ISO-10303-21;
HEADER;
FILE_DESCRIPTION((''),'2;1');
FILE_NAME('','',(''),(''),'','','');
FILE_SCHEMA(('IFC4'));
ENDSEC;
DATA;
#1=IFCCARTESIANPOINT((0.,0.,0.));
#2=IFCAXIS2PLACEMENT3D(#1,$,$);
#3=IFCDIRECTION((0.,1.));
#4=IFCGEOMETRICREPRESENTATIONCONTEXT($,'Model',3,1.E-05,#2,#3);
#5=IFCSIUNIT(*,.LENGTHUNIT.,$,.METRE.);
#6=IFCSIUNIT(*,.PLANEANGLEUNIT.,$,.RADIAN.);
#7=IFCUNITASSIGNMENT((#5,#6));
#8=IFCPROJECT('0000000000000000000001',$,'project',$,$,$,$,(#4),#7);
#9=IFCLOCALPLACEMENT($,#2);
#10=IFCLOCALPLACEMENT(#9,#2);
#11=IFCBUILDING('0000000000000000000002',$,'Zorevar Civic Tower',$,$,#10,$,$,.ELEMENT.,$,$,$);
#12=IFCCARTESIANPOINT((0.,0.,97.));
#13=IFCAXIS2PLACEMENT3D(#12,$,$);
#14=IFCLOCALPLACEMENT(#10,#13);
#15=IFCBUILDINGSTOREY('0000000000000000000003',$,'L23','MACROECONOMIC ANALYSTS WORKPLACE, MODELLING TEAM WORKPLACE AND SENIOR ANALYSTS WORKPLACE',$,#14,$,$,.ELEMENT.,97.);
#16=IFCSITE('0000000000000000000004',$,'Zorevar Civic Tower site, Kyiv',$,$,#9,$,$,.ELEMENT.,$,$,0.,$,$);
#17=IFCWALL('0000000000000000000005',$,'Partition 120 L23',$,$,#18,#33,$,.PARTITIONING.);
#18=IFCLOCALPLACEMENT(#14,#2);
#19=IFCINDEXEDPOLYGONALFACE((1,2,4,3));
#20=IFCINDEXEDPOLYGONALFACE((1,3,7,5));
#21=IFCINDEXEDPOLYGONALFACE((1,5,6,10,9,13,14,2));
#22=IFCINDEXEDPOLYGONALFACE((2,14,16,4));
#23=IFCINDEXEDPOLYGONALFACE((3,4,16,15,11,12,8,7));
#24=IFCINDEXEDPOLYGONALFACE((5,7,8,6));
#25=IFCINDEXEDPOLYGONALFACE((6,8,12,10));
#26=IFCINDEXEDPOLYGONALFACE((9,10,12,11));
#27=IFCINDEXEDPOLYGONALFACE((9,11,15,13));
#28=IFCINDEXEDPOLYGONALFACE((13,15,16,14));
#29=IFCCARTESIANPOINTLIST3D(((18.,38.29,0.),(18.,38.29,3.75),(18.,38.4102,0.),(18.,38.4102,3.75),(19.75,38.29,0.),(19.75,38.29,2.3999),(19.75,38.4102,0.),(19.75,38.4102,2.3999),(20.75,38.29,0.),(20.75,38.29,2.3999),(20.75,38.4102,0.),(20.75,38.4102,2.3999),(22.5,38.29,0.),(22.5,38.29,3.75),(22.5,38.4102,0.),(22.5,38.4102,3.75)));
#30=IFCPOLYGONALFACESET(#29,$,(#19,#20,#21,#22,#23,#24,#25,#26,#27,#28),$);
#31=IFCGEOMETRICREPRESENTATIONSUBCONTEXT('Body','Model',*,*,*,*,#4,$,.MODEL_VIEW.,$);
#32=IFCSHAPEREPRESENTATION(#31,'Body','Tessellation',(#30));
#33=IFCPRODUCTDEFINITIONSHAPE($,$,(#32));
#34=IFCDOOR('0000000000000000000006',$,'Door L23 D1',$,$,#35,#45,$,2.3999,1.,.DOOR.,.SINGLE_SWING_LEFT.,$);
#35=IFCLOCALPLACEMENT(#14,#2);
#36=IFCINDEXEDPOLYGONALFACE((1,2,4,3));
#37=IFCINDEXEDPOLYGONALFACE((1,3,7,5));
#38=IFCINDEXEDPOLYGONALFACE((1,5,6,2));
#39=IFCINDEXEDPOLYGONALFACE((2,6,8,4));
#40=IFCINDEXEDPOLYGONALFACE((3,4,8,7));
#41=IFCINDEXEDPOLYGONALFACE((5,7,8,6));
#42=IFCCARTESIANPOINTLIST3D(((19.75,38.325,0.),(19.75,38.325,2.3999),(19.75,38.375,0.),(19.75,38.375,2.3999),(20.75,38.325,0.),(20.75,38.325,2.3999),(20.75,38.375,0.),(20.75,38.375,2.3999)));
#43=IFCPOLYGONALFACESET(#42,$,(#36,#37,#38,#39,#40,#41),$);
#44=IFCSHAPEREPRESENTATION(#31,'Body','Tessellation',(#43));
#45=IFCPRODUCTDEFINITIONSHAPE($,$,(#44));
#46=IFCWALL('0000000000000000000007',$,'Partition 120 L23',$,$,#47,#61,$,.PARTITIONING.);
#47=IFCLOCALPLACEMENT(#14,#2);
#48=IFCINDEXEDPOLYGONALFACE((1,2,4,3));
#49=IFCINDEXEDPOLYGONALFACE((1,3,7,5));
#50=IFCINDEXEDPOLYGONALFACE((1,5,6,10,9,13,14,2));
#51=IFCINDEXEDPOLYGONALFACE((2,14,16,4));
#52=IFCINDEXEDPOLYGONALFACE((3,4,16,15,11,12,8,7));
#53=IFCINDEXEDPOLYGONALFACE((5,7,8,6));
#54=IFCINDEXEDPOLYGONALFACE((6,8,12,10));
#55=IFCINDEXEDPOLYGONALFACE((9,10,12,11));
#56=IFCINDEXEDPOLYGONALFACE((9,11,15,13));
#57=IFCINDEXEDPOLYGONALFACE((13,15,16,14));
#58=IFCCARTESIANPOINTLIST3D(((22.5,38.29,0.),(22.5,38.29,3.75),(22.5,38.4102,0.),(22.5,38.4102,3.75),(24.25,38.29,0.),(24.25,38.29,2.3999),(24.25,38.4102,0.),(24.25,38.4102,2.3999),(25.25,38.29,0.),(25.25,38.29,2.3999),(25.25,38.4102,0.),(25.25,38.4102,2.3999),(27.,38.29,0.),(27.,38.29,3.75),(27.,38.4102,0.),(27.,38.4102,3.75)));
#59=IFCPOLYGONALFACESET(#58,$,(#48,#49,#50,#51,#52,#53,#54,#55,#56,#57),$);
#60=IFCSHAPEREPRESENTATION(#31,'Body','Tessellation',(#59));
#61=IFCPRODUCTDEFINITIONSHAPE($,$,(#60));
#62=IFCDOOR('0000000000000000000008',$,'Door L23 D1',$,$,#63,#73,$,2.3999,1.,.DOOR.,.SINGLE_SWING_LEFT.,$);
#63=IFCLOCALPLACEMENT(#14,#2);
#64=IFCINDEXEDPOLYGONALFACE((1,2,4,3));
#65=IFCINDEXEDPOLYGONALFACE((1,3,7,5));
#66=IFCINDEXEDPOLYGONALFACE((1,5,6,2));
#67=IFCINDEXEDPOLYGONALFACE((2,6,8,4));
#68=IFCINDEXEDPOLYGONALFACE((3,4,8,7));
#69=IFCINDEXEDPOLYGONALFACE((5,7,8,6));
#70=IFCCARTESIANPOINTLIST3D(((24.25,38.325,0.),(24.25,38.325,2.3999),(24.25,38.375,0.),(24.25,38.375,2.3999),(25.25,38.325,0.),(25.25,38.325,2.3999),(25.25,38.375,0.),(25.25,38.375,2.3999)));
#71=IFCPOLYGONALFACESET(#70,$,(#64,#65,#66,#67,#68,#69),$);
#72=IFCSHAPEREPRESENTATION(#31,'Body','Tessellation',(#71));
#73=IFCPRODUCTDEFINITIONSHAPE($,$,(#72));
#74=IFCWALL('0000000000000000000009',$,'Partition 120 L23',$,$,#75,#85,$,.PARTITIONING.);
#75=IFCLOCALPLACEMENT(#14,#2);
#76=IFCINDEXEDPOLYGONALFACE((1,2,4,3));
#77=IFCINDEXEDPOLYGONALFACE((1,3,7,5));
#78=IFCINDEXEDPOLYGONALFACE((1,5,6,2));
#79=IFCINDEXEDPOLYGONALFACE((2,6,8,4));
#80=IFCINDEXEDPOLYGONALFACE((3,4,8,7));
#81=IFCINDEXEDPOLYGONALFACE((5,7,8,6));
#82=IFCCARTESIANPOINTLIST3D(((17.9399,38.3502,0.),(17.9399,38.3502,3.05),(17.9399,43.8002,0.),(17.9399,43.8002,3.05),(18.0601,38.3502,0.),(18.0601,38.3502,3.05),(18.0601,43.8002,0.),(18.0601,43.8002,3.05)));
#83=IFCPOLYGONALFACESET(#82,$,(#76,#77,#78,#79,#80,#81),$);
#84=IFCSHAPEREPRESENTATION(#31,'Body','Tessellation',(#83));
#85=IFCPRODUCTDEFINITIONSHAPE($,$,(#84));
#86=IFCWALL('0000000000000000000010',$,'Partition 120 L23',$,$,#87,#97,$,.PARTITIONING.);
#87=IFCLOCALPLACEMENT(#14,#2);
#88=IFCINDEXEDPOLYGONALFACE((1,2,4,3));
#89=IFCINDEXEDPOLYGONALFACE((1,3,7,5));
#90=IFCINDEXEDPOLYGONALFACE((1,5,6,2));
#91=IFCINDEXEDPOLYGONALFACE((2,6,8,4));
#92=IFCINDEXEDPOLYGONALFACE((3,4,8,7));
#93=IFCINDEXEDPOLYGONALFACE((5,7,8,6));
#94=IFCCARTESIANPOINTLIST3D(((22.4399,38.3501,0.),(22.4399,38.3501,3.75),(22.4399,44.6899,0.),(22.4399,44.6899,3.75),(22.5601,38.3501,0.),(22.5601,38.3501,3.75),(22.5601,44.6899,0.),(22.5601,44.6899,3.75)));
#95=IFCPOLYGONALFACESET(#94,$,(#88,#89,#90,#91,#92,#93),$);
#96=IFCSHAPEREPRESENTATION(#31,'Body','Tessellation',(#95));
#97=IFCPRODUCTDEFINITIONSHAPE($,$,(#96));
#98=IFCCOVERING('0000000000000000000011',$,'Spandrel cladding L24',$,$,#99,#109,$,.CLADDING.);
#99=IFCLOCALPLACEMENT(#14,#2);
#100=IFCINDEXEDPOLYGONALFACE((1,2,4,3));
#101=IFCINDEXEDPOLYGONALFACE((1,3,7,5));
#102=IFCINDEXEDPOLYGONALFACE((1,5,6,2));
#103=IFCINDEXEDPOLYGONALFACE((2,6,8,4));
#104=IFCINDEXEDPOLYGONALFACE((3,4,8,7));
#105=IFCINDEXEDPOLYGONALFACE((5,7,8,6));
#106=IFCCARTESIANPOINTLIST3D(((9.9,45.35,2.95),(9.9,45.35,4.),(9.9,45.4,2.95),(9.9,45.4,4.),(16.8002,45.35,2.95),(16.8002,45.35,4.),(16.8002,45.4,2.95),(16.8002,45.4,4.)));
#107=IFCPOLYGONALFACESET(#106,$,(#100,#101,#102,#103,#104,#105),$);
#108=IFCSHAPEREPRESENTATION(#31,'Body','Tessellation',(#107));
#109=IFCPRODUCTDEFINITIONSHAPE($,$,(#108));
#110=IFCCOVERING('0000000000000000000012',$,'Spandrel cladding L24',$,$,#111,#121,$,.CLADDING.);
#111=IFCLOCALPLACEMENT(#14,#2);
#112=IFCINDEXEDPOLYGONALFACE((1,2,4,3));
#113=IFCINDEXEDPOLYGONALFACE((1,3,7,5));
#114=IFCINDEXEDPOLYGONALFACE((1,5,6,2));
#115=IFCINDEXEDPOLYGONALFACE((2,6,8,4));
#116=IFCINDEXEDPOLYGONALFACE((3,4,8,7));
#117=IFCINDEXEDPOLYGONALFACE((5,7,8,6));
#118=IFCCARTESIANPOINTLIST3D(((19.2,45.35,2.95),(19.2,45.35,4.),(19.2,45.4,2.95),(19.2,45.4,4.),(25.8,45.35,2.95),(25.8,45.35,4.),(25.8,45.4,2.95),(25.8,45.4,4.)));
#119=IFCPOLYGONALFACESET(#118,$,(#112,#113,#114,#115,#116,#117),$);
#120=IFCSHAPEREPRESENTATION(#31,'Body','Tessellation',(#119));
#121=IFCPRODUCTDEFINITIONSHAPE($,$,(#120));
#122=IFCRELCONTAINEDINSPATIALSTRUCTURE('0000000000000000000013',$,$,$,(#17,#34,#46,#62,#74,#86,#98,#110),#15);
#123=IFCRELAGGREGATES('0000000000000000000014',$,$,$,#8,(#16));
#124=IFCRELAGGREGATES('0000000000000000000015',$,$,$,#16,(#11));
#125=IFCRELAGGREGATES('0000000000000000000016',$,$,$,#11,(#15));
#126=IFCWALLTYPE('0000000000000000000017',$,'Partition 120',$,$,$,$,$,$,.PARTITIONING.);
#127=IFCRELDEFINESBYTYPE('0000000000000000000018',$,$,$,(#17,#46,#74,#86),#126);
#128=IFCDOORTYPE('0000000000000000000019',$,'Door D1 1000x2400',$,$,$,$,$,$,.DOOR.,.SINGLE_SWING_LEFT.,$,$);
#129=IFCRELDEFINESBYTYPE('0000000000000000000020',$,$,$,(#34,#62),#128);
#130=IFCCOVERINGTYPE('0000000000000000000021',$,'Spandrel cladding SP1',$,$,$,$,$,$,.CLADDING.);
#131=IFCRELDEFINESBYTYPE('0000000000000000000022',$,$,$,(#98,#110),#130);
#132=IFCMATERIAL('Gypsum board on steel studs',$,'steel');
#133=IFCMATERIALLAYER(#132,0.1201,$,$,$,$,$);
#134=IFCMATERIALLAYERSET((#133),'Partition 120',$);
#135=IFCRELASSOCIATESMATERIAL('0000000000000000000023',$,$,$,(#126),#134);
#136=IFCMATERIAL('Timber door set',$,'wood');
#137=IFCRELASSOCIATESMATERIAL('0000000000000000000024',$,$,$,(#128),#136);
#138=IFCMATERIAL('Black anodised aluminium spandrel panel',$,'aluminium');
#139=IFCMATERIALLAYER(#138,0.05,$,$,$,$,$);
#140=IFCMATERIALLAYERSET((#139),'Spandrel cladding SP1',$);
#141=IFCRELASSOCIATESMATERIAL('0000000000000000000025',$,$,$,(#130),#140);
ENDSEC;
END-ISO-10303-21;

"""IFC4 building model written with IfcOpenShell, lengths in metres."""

from ifc_helpers import new_model, si_unit, direction, frame, frame_2d, origin, place, context, subcontext, project, spatial, rectangle, extrude, material, layer, layer_set, type_object, element, fill, save


model = new_model("IFC4")

# Units and contexts
model_context = context("Model", 3, precision=1e-05, world=origin(), true_north=direction((0.0, 1.0)))
body_context = subcontext(model_context, "Body", "Model", "MODEL_VIEW")
ifc_project = project(units=[si_unit("LENGTHUNIT", "METRE"), si_unit("PLANEANGLEUNIT", "RADIAN")], contexts=[model_context])

# Site, building, storey
site_placement = place(None, origin())
site = spatial("IfcSite", under=ifc_project, at=site_placement, Name="Zorevar Civic Tower site, Kyiv", CompositionType="ELEMENT", RefElevation=0.0)
building_placement = place(site_placement, origin())
building = spatial("IfcBuilding", under=site, at=building_placement, Name="Zorevar Civic Tower", CompositionType="ELEMENT")
storey_placement = place(building_placement, frame((0.0, 0.0, 97.0)))
storey = spatial("IfcBuildingStorey", under=building, at=storey_placement, Name="L23", Description="MACROECONOMIC ANALYSTS WORKPLACE, MODELLING TEAM WORKPLACE AND SENIOR ANALYSTS WORKPLACE", CompositionType="ELEMENT", Elevation=97.0)

# Walls, openings, doors
ifc_material_1 = material(Name="Gypsum board on steel studs", Category="steel")
ifc_layer_1 = layer(ifc_material_1, 0.1201)
ifc_layer_set_1 = layer_set([ifc_layer_1], Name="Partition 120")
wall_type_1 = type_object("IfcWallType", Name="Partition 120", PredefinedType="PARTITIONING", material=ifc_layer_set_1)
wall_1_placement = place(storey_placement, frame((18.0, 38.3501, 0.0), z_axis=(0.0, 0.0, 1.0), x_axis=(1.0, 0.0, 0.0)))
wall_1 = element("IfcWall", 1, at=wall_1_placement, inside=storey, type_object=wall_type_1, Name="Partition 120 L23", PredefinedType="PARTITIONING", context=body_context, shape_type="SweptSolid", body=[
    extrude(rectangle(XDim=4.5, YDim=0.1201, at=frame_2d((2.25, 0.0))), origin(), (0.0, 0.0, 1.0), 3.75),
])
opening_1_placement = place(wall_1_placement, frame((1.75, 0.0, 0.0)))
opening_1 = element("IfcOpeningElement", 2, at=opening_1_placement, cuts=wall_1, PredefinedType="OPENING", context=body_context, shape_type="SweptSolid", body=[
    extrude(rectangle(XDim=1.0, YDim=2.3999, at=frame_2d((0.5, 1.2))), frame((0.0, 0.0701, 0.0), z_axis=(0.0, -1.0, 0.0), x_axis=(1.0, 0.0, 0.0)), (0.0, 0.0, 1.0), 0.1401),
])
ifc_material_2 = material(Name="Timber door set", Category="wood")
door_type_1 = type_object("IfcDoorType", Name="Door D1 1000x2400", OperationType="SINGLE_SWING_LEFT", PredefinedType="DOOR", material=ifc_material_2)
door_1_placement = place(opening_1_placement, origin())
door_1 = element("IfcDoor", 3, at=door_1_placement, inside=storey, type_object=door_type_1, Name="Door L23 D1", OperationType="SINGLE_SWING_LEFT", OverallHeight=2.3999, OverallWidth=1.0, PredefinedType="DOOR", context=body_context, shape_type="SweptSolid", body=[
    extrude(rectangle(XDim=1.0, YDim=2.3999, at=frame_2d((0.5, 1.2))), frame((0.0, 0.0249, 0.0), z_axis=(0.0, -1.0, 0.0), x_axis=(1.0, 0.0, 0.0)), (0.0, 0.0, 1.0), 0.05),
])
fill(opening_1, door_1)
wall_2_placement = place(storey_placement, frame((22.5, 38.3501, 0.0), z_axis=(0.0, 0.0, 1.0), x_axis=(1.0, 0.0, 0.0)))
wall_2 = element("IfcWall", 4, at=wall_2_placement, inside=storey, type_object=wall_type_1, Name="Partition 120 L23", PredefinedType="PARTITIONING", context=body_context, shape_type="SweptSolid", body=[
    extrude(rectangle(XDim=4.5, YDim=0.1201, at=frame_2d((2.25, 0.0))), origin(), (0.0, 0.0, 1.0), 3.75),
])
opening_2_placement = place(wall_2_placement, frame((1.75, 0.0, 0.0)))
opening_2 = element("IfcOpeningElement", 5, at=opening_2_placement, cuts=wall_2, PredefinedType="OPENING", context=body_context, shape_type="SweptSolid", body=[
    extrude(rectangle(XDim=1.0, YDim=2.3999, at=frame_2d((0.5, 1.2))), frame((0.0, 0.0701, 0.0), z_axis=(0.0, -1.0, 0.0), x_axis=(1.0, 0.0, 0.0)), (0.0, 0.0, 1.0), 0.1401),
])
door_2_placement = place(opening_2_placement, origin())
door_2 = element("IfcDoor", 6, at=door_2_placement, inside=storey, type_object=door_type_1, Name="Door L23 D1", OperationType="SINGLE_SWING_LEFT", OverallHeight=2.3999, OverallWidth=1.0, PredefinedType="DOOR", context=body_context, shape_type="SweptSolid", body=[
    extrude(rectangle(XDim=1.0, YDim=2.3999, at=frame_2d((0.5, 1.2))), frame((0.0, 0.0249, 0.0), z_axis=(0.0, -1.0, 0.0), x_axis=(1.0, 0.0, 0.0)), (0.0, 0.0, 1.0), 0.05),
])
fill(opening_2, door_2)

# Walls
wall_3_placement = place(storey_placement, frame((18.0, 38.3501, 0.0), z_axis=(0.0, 0.0, 1.0), x_axis=(0.0, 1.0, 0.0)))
element("IfcWall", 7, at=wall_3_placement, inside=storey, type_object=wall_type_1, Name="Partition 120 L23", PredefinedType="PARTITIONING", context=body_context, shape_type="SweptSolid", body=[
    extrude(rectangle(XDim=5.45, YDim=0.1201, at=frame_2d((2.7251, 0.0))), origin(), (0.0, 0.0, 1.0), 3.05),
])
wall_4_placement = place(storey_placement, frame((22.5, 38.3501, 0.0), z_axis=(0.0, 0.0, 1.0), x_axis=(0.0, 1.0, 0.0)))
element("IfcWall", 8, at=wall_4_placement, inside=storey, type_object=wall_type_1, Name="Partition 120 L23", PredefinedType="PARTITIONING", context=body_context, shape_type="SweptSolid", body=[
    extrude(rectangle(XDim=6.3398, YDim=0.1201, at=frame_2d((3.1699, 0.0))), origin(), (0.0, 0.0, 1.0), 3.75),
])

# Coverings
ifc_material_3 = material(Name="Black anodised aluminium spandrel panel", Category="aluminium")
ifc_layer_2 = layer(ifc_material_3, 0.05)
ifc_layer_set_2 = layer_set([ifc_layer_2], Name="Spandrel cladding SP1")
covering_type = type_object("IfcCoveringType", Name="Spandrel cladding SP1", PredefinedType="CLADDING", material=ifc_layer_set_2)
covering_1_placement = place(storey_placement, frame((9.8999, 45.375, 2.95), z_axis=(0.0, 0.0, 1.0), x_axis=(1.0, 0.0, 0.0)))
element("IfcCovering", 9, at=covering_1_placement, inside=storey, type_object=covering_type, Name="Spandrel cladding L24", PredefinedType="CLADDING", context=body_context, shape_type="SweptSolid", body=[
    extrude(rectangle(XDim=6.9001, YDim=0.05, at=frame_2d((3.4502, 0.0))), origin(), (0.0, 0.0, 1.0), 1.05),
])
covering_2_placement = place(storey_placement, frame((19.2, 45.375, 2.95), z_axis=(0.0, 0.0, 1.0), x_axis=(1.0, 0.0, 0.0)))
element("IfcCovering", 10, at=covering_2_placement, inside=storey, type_object=covering_type, Name="Spandrel cladding L24", PredefinedType="CLADDING", context=body_context, shape_type="SweptSolid", body=[
    extrude(rectangle(XDim=6.6001, YDim=0.05, at=frame_2d((3.3, 0.0))), origin(), (0.0, 0.0, 1.0), 1.05),
])

save(model, "model.ifc")
